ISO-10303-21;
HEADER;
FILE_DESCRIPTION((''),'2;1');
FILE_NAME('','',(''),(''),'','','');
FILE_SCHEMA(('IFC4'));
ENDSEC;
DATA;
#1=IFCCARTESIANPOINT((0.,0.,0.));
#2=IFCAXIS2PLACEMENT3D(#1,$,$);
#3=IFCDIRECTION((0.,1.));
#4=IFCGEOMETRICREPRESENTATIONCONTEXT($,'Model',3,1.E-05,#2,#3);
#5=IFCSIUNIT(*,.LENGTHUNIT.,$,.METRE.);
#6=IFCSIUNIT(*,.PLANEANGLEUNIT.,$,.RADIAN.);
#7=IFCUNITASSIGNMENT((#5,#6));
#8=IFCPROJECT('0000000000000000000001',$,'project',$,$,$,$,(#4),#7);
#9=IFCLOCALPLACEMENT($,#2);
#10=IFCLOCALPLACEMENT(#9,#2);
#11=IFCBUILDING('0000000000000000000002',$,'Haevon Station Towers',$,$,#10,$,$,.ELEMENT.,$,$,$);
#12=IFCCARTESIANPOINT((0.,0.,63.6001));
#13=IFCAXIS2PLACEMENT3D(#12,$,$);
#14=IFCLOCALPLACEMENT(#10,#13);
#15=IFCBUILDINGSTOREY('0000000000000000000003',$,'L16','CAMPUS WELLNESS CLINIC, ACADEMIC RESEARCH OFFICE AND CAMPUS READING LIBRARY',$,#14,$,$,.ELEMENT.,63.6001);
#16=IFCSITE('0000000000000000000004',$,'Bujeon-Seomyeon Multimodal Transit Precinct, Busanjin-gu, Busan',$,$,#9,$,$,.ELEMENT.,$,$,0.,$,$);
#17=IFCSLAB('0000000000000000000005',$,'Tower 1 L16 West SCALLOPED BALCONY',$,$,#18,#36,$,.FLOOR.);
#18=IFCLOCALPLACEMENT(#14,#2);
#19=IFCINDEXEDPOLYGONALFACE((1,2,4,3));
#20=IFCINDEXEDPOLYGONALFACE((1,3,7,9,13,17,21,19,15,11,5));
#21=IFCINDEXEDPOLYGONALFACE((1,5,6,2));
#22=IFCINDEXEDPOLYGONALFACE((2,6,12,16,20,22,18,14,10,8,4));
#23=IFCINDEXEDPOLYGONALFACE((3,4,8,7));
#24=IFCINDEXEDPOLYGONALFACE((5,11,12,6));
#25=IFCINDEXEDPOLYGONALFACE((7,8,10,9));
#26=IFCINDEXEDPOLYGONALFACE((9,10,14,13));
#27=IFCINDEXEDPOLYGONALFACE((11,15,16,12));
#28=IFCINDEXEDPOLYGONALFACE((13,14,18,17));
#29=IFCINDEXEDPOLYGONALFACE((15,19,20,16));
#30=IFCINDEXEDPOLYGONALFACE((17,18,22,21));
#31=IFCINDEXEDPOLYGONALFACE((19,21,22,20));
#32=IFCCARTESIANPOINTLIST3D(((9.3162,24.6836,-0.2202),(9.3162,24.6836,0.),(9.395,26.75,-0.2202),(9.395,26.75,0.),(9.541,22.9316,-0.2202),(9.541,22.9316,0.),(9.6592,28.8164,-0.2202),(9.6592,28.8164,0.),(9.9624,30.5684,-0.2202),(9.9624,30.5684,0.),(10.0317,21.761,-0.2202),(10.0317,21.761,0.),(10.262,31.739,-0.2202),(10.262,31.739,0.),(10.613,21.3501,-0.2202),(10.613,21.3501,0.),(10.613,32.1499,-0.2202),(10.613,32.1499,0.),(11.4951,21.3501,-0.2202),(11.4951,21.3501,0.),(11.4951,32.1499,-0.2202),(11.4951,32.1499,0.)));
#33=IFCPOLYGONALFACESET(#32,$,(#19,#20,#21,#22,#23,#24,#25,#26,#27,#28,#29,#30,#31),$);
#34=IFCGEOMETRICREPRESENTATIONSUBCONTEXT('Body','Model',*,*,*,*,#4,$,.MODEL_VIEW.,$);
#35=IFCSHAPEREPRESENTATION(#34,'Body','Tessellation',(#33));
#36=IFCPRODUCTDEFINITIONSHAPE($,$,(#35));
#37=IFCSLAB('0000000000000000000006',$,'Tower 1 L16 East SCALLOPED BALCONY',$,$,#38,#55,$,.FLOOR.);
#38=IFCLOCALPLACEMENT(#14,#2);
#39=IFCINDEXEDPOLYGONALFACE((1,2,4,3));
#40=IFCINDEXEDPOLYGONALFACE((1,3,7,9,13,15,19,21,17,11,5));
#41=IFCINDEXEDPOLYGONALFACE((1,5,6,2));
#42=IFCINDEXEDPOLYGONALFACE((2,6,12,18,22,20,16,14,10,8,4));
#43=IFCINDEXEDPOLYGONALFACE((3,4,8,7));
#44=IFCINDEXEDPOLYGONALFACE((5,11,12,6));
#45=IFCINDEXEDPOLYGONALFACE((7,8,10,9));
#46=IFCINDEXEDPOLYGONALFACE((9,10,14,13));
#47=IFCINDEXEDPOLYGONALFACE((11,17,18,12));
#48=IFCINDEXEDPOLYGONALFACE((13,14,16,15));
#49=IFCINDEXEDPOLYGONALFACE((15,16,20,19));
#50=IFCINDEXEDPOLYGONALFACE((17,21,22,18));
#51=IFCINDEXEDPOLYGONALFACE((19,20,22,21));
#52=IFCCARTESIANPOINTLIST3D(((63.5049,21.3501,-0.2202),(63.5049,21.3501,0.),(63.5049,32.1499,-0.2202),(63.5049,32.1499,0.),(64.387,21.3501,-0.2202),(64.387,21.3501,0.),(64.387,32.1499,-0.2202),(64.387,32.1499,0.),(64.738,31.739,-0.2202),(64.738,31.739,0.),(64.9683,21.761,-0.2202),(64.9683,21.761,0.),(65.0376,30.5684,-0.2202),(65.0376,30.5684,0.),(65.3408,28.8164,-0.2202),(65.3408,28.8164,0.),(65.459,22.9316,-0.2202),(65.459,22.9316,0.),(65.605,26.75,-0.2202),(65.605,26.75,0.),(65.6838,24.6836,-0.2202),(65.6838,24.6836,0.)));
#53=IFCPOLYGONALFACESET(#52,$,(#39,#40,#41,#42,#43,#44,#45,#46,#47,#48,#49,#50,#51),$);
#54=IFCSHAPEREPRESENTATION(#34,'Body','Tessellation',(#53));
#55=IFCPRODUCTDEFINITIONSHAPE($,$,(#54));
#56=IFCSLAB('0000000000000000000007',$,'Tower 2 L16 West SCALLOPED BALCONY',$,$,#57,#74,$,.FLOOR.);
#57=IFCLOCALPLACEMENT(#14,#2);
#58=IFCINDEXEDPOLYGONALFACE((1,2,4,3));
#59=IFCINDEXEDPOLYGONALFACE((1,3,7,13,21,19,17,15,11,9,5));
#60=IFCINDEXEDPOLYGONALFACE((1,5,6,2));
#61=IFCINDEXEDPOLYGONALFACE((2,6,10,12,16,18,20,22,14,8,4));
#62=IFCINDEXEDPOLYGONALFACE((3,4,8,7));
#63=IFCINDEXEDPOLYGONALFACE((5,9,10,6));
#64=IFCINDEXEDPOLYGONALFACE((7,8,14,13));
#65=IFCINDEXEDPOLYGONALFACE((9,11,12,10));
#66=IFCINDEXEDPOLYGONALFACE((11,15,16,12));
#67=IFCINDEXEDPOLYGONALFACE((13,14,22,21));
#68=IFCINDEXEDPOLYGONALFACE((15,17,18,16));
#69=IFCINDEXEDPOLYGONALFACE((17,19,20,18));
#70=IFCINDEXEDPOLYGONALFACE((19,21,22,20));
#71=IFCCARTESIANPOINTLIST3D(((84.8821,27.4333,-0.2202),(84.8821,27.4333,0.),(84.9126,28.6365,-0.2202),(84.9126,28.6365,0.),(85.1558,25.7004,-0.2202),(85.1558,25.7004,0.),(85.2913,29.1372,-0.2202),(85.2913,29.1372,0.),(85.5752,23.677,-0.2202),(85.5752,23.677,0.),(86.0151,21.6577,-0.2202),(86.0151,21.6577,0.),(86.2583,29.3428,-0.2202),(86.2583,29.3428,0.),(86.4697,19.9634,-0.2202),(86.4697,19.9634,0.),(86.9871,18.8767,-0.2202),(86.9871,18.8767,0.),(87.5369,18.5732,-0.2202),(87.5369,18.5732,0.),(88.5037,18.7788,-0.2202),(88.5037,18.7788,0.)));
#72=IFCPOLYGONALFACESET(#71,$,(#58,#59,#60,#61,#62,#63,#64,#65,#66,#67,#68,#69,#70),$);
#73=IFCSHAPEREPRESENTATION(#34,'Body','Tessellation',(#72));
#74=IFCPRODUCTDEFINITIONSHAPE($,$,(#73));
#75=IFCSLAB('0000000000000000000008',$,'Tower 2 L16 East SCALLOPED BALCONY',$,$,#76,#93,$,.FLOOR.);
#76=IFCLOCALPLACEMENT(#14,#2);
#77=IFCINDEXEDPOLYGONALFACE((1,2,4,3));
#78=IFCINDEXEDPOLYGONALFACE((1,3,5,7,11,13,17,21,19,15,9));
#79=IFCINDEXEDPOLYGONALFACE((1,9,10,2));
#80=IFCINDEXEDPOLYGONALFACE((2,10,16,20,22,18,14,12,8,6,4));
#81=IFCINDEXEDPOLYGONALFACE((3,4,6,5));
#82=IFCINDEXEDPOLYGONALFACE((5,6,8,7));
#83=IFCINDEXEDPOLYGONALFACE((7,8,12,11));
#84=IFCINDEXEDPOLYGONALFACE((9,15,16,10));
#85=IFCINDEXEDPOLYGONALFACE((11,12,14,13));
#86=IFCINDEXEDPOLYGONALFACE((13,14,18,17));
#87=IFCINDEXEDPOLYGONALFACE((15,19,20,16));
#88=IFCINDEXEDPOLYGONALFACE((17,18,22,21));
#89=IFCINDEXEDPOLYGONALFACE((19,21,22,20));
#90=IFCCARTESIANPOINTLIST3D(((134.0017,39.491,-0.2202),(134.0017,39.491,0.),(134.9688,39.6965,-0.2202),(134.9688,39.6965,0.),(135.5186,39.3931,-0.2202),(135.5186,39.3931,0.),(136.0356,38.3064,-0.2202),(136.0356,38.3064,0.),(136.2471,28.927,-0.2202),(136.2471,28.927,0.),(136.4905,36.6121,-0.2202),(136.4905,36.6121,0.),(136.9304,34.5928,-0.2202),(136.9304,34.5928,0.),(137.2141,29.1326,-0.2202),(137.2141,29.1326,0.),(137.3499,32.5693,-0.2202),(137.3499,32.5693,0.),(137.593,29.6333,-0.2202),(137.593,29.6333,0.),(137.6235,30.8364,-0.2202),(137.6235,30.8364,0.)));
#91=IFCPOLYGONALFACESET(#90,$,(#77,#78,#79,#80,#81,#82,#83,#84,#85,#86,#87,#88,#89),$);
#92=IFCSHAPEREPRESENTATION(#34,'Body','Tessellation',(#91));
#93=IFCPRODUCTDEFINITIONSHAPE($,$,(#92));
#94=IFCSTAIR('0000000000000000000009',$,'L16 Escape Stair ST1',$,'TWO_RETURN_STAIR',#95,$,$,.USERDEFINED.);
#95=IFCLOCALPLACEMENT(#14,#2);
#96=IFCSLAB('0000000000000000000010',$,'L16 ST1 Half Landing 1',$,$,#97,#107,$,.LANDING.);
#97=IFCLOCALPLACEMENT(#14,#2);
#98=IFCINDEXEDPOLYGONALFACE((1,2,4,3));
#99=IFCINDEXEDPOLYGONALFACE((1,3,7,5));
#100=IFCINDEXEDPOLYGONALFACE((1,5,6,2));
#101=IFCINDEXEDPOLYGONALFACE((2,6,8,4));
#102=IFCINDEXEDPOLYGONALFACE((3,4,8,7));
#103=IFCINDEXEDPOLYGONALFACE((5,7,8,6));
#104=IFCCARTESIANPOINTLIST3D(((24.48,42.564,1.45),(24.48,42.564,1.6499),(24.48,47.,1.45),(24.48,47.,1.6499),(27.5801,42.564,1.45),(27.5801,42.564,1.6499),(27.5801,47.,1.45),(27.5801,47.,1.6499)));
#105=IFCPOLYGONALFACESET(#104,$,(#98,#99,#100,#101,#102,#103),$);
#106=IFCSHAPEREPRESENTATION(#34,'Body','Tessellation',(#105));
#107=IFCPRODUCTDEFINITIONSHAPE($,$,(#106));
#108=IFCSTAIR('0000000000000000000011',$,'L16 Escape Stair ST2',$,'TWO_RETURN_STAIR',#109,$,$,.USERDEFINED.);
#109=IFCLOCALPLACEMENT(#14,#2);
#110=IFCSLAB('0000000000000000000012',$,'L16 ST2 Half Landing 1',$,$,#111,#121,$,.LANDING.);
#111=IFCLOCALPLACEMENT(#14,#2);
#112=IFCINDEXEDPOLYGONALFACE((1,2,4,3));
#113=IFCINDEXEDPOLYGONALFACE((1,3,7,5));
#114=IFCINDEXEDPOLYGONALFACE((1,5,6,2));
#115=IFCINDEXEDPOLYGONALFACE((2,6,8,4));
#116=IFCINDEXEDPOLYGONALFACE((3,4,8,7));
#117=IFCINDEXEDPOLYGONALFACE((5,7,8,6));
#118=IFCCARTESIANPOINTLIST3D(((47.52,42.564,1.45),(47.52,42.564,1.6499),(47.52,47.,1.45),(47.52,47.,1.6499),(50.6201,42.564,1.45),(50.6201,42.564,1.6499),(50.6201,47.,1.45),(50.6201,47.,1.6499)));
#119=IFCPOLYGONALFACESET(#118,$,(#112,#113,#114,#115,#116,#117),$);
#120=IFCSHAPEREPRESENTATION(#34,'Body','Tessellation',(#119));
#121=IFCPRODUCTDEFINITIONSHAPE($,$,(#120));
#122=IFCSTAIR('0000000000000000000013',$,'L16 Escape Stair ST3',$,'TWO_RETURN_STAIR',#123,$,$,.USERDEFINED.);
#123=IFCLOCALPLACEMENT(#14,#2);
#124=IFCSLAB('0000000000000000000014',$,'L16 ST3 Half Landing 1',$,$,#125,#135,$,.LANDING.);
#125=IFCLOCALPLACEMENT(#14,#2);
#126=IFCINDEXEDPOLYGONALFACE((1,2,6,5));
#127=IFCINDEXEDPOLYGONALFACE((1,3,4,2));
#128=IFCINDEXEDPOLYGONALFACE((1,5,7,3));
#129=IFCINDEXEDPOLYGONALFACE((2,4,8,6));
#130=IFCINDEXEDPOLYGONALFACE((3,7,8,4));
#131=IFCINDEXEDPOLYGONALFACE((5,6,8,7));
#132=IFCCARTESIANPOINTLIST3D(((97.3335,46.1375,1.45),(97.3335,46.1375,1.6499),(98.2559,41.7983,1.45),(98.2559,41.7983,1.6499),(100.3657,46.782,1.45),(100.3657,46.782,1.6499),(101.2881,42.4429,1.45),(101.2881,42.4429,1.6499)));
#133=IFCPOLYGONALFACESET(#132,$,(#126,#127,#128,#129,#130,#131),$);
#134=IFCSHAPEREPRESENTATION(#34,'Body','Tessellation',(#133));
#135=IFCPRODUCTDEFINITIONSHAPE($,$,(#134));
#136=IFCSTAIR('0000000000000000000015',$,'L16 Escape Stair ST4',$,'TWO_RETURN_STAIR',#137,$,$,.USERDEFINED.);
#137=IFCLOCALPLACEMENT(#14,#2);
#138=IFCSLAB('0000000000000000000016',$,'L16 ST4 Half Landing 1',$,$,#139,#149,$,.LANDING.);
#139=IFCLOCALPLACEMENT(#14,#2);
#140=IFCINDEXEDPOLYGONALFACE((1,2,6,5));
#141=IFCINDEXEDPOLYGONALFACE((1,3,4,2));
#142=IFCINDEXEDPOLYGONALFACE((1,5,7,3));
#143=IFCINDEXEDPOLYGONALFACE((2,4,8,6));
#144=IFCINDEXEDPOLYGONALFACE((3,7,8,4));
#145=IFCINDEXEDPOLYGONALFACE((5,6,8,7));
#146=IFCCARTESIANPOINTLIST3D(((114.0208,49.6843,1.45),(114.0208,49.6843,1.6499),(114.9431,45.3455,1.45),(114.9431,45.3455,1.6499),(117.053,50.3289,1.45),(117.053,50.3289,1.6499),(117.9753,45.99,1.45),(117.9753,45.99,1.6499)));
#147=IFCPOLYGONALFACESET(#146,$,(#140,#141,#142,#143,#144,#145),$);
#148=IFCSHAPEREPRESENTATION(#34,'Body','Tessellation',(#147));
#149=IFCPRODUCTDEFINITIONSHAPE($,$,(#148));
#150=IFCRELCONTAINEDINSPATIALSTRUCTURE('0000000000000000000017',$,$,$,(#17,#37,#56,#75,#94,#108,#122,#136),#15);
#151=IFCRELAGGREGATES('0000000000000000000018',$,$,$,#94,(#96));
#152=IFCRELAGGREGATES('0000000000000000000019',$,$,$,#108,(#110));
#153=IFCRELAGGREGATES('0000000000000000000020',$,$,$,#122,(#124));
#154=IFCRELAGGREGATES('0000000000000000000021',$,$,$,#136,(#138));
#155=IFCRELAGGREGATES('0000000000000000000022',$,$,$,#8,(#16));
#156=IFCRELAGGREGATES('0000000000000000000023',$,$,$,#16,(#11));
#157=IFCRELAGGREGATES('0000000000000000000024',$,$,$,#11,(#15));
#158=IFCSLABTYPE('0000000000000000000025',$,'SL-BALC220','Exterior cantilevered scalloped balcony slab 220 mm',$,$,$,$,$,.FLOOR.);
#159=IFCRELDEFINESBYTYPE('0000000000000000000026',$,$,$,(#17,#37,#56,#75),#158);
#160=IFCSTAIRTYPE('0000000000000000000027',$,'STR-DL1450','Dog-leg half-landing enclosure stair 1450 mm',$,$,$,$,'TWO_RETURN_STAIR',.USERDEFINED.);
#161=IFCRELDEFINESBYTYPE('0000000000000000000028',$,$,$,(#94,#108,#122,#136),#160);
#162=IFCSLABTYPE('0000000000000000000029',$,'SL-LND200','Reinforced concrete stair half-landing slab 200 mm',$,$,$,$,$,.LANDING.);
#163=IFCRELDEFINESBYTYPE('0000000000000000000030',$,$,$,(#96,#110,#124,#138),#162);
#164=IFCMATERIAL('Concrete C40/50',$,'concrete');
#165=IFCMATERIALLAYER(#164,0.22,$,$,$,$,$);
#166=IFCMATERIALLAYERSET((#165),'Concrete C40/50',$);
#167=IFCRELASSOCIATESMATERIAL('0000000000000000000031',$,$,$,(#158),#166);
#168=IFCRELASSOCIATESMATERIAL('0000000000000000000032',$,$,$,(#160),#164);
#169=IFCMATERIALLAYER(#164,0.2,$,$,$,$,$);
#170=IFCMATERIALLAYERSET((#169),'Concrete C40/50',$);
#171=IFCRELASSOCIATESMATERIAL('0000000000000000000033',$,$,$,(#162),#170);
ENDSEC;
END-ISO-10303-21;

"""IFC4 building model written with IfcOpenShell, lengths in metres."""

from ifc_helpers import new_model, si_unit, direction, frame, origin, place, context, subcontext, project, spatial, polyline, outline, extrude, material, layer, layer_set, type_object, element, aggregate, save


model = new_model("IFC4")

# Units and contexts
model_context = context("Model", 3, precision=1e-05, world=origin(), true_north=direction((0.0, 1.0)))
body_context = subcontext(model_context, "Body", "Model", "MODEL_VIEW")
ifc_project = project(units=[si_unit("LENGTHUNIT", "METRE"), si_unit("PLANEANGLEUNIT", "RADIAN")], contexts=[model_context])

# Site, building, storey
site_placement = place(None, origin())
site = spatial("IfcSite", under=ifc_project, at=site_placement, Name="Bujeon-Seomyeon Multimodal Transit Precinct, Busanjin-gu, Busan", CompositionType="ELEMENT", RefElevation=0.0)
building_placement = place(site_placement, origin())
building = spatial("IfcBuilding", under=site, at=building_placement, Name="Haevon Station Towers", CompositionType="ELEMENT")
storey_placement = place(building_placement, frame((0.0, 0.0, 63.6001)))
storey = spatial("IfcBuildingStorey", under=building, at=storey_placement, Name="L16", Description="CAMPUS WELLNESS CLINIC, ACADEMIC RESEARCH OFFICE AND CAMPUS READING LIBRARY", CompositionType="ELEMENT", Elevation=63.6001)

# Slabs
ifc_material_1 = material(Name="Concrete C40/50", Category="concrete")
ifc_layer_1 = layer(ifc_material_1, 0.22)
ifc_layer_set_1 = layer_set([ifc_layer_1], Name="Concrete C40/50")
slab_type_1 = type_object("IfcSlabType", Name="SL-BALC220", Description="Exterior cantilevered scalloped balcony slab 220 mm", PredefinedType="FLOOR", material=ifc_layer_set_1)
slab_1_placement = place(storey_placement, frame((0.0, 0.0, -0.2202)))
element("IfcSlab", 1, at=slab_1_placement, inside=storey, type_object=slab_type_1, Name="Tower 1 L16 West SCALLOPED BALCONY", PredefinedType="FLOOR", context=body_context, shape_type="SweptSolid", body=[
    extrude(outline(polyline([(11.4951, 32.1499), (10.613, 32.1499), (10.262, 31.739), (9.9624, 30.5684), (9.6592, 28.8164), (9.395, 26.75), (9.3162, 24.6836), (9.541, 22.9316), (10.0317, 21.761), (10.613, 21.3501), (11.4951, 21.3501), (11.4951, 32.1499)])), origin(), (0.0, 0.0, 1.0), 0.2202),
])
slab_2_placement = place(storey_placement, frame((0.0, 0.0, -0.2202)))
element("IfcSlab", 2, at=slab_2_placement, inside=storey, type_object=slab_type_1, Name="Tower 1 L16 East SCALLOPED BALCONY", PredefinedType="FLOOR", context=body_context, shape_type="SweptSolid", body=[
    extrude(outline(polyline([(63.5049, 21.3501), (64.387, 21.3501), (64.9683, 21.761), (65.459, 22.9316), (65.6838, 24.6836), (65.605, 26.75), (65.3408, 28.8164), (65.0376, 30.5684), (64.738, 31.739), (64.387, 32.1499), (63.5049, 32.1499), (63.5049, 21.3501)])), origin(), (0.0, 0.0, 1.0), 0.2202),
])
slab_3_placement = place(storey_placement, frame((0.0, 0.0, -0.2202)))
element("IfcSlab", 3, at=slab_3_placement, inside=storey, type_object=slab_type_1, Name="Tower 2 L16 West SCALLOPED BALCONY", PredefinedType="FLOOR", context=body_context, shape_type="SweptSolid", body=[
    extrude(outline(polyline([(86.2583, 29.3428), (85.2913, 29.1372), (84.9126, 28.6365), (84.8821, 27.4333), (85.1558, 25.7004), (85.5752, 23.677), (86.0151, 21.6577), (86.4697, 19.9634), (86.9871, 18.8767), (87.5369, 18.5732), (88.5037, 18.7788), (86.2583, 29.3428)])), origin(), (0.0, 0.0, 1.0), 0.2202),
])
slab_4_placement = place(storey_placement, frame((0.0, 0.0, -0.2202)))
element("IfcSlab", 4, at=slab_4_placement, inside=storey, type_object=slab_type_1, Name="Tower 2 L16 East SCALLOPED BALCONY", PredefinedType="FLOOR", context=body_context, shape_type="SweptSolid", body=[
    extrude(outline(polyline([(136.2471, 28.927), (137.2141, 29.1326), (137.593, 29.6333), (137.6235, 30.8364), (137.3499, 32.5693), (136.9304, 34.5928), (136.4905, 36.6121), (136.0356, 38.3064), (135.5186, 39.3931), (134.9688, 39.6965), (134.0017, 39.491), (136.2471, 28.927)])), origin(), (0.0, 0.0, 1.0), 0.2202),
])

# Stairs, slabs
stair_type = type_object("IfcStairType", Name="STR-DL1450", Description="Dog-leg half-landing enclosure stair 1450 mm", ElementType="TWO_RETURN_STAIR", PredefinedType="USERDEFINED", material=ifc_material_1)
stair_1_placement = place(storey_placement, origin())
stair_1 = element("IfcStair", 5, at=stair_1_placement, inside=storey, type_object=stair_type, Name="L16 Escape Stair ST1", ObjectType="TWO_RETURN_STAIR", PredefinedType="USERDEFINED")
ifc_layer_2 = layer(ifc_material_1, 0.2)
ifc_layer_set_2 = layer_set([ifc_layer_2], Name="Concrete C40/50")
slab_type_2 = type_object("IfcSlabType", Name="SL-LND200", Description="Reinforced concrete stair half-landing slab 200 mm", PredefinedType="LANDING", material=ifc_layer_set_2)
slab_5_placement = place(storey_placement, frame((0.0, 0.0, 1.45)))
slab_5 = element("IfcSlab", 6, at=slab_5_placement, type_object=slab_type_2, Name="L16 ST1 Half Landing 1", PredefinedType="LANDING", context=body_context, shape_type="SweptSolid", body=[
    extrude(outline(polyline([(27.5801, 42.564), (27.5801, 47.0), (24.48, 47.0), (24.48, 42.564), (27.5801, 42.564)])), origin(), (0.0, 0.0, 1.0), 0.2),
])
aggregate(stair_1, [slab_5])
stair_2_placement = place(storey_placement, origin())
stair_2 = element("IfcStair", 7, at=stair_2_placement, inside=storey, type_object=stair_type, Name="L16 Escape Stair ST2", ObjectType="TWO_RETURN_STAIR", PredefinedType="USERDEFINED")
slab_6_placement = place(storey_placement, frame((0.0, 0.0, 1.45)))
slab_6 = element("IfcSlab", 8, at=slab_6_placement, type_object=slab_type_2, Name="L16 ST2 Half Landing 1", PredefinedType="LANDING", context=body_context, shape_type="SweptSolid", body=[
    extrude(outline(polyline([(50.6201, 42.564), (50.6201, 47.0), (47.52, 47.0), (47.52, 42.564), (50.6201, 42.564)])), origin(), (0.0, 0.0, 1.0), 0.2),
])
aggregate(stair_2, [slab_6])
stair_3_placement = place(storey_placement, origin())
stair_3 = element("IfcStair", 9, at=stair_3_placement, inside=storey, type_object=stair_type, Name="L16 Escape Stair ST3", ObjectType="TWO_RETURN_STAIR", PredefinedType="USERDEFINED")
slab_7_placement = place(storey_placement, frame((0.0, 0.0, 1.45)))
slab_7 = element("IfcSlab", 10, at=slab_7_placement, type_object=slab_type_2, Name="L16 ST3 Half Landing 1", PredefinedType="LANDING", context=body_context, shape_type="SweptSolid", body=[
    extrude(outline(polyline([(101.2881, 42.4429), (100.3657, 46.782), (97.3335, 46.1375), (98.2559, 41.7983), (101.2881, 42.4429)])), origin(), (0.0, 0.0, 1.0), 0.2),
])
aggregate(stair_3, [slab_7])
stair_4_placement = place(storey_placement, origin())
stair_4 = element("IfcStair", 11, at=stair_4_placement, inside=storey, type_object=stair_type, Name="L16 Escape Stair ST4", ObjectType="TWO_RETURN_STAIR", PredefinedType="USERDEFINED")
slab_8_placement = place(storey_placement, frame((0.0, 0.0, 1.45)))
slab_8 = element("IfcSlab", 12, at=slab_8_placement, type_object=slab_type_2, Name="L16 ST4 Half Landing 1", PredefinedType="LANDING", context=body_context, shape_type="SweptSolid", body=[
    extrude(outline(polyline([(117.9753, 45.99), (117.053, 50.3289), (114.0208, 49.6843), (114.9431, 45.3455), (117.9753, 45.99)])), origin(), (0.0, 0.0, 1.0), 0.2),
])
aggregate(stair_4, [slab_8])

save(model, "model.ifc")
